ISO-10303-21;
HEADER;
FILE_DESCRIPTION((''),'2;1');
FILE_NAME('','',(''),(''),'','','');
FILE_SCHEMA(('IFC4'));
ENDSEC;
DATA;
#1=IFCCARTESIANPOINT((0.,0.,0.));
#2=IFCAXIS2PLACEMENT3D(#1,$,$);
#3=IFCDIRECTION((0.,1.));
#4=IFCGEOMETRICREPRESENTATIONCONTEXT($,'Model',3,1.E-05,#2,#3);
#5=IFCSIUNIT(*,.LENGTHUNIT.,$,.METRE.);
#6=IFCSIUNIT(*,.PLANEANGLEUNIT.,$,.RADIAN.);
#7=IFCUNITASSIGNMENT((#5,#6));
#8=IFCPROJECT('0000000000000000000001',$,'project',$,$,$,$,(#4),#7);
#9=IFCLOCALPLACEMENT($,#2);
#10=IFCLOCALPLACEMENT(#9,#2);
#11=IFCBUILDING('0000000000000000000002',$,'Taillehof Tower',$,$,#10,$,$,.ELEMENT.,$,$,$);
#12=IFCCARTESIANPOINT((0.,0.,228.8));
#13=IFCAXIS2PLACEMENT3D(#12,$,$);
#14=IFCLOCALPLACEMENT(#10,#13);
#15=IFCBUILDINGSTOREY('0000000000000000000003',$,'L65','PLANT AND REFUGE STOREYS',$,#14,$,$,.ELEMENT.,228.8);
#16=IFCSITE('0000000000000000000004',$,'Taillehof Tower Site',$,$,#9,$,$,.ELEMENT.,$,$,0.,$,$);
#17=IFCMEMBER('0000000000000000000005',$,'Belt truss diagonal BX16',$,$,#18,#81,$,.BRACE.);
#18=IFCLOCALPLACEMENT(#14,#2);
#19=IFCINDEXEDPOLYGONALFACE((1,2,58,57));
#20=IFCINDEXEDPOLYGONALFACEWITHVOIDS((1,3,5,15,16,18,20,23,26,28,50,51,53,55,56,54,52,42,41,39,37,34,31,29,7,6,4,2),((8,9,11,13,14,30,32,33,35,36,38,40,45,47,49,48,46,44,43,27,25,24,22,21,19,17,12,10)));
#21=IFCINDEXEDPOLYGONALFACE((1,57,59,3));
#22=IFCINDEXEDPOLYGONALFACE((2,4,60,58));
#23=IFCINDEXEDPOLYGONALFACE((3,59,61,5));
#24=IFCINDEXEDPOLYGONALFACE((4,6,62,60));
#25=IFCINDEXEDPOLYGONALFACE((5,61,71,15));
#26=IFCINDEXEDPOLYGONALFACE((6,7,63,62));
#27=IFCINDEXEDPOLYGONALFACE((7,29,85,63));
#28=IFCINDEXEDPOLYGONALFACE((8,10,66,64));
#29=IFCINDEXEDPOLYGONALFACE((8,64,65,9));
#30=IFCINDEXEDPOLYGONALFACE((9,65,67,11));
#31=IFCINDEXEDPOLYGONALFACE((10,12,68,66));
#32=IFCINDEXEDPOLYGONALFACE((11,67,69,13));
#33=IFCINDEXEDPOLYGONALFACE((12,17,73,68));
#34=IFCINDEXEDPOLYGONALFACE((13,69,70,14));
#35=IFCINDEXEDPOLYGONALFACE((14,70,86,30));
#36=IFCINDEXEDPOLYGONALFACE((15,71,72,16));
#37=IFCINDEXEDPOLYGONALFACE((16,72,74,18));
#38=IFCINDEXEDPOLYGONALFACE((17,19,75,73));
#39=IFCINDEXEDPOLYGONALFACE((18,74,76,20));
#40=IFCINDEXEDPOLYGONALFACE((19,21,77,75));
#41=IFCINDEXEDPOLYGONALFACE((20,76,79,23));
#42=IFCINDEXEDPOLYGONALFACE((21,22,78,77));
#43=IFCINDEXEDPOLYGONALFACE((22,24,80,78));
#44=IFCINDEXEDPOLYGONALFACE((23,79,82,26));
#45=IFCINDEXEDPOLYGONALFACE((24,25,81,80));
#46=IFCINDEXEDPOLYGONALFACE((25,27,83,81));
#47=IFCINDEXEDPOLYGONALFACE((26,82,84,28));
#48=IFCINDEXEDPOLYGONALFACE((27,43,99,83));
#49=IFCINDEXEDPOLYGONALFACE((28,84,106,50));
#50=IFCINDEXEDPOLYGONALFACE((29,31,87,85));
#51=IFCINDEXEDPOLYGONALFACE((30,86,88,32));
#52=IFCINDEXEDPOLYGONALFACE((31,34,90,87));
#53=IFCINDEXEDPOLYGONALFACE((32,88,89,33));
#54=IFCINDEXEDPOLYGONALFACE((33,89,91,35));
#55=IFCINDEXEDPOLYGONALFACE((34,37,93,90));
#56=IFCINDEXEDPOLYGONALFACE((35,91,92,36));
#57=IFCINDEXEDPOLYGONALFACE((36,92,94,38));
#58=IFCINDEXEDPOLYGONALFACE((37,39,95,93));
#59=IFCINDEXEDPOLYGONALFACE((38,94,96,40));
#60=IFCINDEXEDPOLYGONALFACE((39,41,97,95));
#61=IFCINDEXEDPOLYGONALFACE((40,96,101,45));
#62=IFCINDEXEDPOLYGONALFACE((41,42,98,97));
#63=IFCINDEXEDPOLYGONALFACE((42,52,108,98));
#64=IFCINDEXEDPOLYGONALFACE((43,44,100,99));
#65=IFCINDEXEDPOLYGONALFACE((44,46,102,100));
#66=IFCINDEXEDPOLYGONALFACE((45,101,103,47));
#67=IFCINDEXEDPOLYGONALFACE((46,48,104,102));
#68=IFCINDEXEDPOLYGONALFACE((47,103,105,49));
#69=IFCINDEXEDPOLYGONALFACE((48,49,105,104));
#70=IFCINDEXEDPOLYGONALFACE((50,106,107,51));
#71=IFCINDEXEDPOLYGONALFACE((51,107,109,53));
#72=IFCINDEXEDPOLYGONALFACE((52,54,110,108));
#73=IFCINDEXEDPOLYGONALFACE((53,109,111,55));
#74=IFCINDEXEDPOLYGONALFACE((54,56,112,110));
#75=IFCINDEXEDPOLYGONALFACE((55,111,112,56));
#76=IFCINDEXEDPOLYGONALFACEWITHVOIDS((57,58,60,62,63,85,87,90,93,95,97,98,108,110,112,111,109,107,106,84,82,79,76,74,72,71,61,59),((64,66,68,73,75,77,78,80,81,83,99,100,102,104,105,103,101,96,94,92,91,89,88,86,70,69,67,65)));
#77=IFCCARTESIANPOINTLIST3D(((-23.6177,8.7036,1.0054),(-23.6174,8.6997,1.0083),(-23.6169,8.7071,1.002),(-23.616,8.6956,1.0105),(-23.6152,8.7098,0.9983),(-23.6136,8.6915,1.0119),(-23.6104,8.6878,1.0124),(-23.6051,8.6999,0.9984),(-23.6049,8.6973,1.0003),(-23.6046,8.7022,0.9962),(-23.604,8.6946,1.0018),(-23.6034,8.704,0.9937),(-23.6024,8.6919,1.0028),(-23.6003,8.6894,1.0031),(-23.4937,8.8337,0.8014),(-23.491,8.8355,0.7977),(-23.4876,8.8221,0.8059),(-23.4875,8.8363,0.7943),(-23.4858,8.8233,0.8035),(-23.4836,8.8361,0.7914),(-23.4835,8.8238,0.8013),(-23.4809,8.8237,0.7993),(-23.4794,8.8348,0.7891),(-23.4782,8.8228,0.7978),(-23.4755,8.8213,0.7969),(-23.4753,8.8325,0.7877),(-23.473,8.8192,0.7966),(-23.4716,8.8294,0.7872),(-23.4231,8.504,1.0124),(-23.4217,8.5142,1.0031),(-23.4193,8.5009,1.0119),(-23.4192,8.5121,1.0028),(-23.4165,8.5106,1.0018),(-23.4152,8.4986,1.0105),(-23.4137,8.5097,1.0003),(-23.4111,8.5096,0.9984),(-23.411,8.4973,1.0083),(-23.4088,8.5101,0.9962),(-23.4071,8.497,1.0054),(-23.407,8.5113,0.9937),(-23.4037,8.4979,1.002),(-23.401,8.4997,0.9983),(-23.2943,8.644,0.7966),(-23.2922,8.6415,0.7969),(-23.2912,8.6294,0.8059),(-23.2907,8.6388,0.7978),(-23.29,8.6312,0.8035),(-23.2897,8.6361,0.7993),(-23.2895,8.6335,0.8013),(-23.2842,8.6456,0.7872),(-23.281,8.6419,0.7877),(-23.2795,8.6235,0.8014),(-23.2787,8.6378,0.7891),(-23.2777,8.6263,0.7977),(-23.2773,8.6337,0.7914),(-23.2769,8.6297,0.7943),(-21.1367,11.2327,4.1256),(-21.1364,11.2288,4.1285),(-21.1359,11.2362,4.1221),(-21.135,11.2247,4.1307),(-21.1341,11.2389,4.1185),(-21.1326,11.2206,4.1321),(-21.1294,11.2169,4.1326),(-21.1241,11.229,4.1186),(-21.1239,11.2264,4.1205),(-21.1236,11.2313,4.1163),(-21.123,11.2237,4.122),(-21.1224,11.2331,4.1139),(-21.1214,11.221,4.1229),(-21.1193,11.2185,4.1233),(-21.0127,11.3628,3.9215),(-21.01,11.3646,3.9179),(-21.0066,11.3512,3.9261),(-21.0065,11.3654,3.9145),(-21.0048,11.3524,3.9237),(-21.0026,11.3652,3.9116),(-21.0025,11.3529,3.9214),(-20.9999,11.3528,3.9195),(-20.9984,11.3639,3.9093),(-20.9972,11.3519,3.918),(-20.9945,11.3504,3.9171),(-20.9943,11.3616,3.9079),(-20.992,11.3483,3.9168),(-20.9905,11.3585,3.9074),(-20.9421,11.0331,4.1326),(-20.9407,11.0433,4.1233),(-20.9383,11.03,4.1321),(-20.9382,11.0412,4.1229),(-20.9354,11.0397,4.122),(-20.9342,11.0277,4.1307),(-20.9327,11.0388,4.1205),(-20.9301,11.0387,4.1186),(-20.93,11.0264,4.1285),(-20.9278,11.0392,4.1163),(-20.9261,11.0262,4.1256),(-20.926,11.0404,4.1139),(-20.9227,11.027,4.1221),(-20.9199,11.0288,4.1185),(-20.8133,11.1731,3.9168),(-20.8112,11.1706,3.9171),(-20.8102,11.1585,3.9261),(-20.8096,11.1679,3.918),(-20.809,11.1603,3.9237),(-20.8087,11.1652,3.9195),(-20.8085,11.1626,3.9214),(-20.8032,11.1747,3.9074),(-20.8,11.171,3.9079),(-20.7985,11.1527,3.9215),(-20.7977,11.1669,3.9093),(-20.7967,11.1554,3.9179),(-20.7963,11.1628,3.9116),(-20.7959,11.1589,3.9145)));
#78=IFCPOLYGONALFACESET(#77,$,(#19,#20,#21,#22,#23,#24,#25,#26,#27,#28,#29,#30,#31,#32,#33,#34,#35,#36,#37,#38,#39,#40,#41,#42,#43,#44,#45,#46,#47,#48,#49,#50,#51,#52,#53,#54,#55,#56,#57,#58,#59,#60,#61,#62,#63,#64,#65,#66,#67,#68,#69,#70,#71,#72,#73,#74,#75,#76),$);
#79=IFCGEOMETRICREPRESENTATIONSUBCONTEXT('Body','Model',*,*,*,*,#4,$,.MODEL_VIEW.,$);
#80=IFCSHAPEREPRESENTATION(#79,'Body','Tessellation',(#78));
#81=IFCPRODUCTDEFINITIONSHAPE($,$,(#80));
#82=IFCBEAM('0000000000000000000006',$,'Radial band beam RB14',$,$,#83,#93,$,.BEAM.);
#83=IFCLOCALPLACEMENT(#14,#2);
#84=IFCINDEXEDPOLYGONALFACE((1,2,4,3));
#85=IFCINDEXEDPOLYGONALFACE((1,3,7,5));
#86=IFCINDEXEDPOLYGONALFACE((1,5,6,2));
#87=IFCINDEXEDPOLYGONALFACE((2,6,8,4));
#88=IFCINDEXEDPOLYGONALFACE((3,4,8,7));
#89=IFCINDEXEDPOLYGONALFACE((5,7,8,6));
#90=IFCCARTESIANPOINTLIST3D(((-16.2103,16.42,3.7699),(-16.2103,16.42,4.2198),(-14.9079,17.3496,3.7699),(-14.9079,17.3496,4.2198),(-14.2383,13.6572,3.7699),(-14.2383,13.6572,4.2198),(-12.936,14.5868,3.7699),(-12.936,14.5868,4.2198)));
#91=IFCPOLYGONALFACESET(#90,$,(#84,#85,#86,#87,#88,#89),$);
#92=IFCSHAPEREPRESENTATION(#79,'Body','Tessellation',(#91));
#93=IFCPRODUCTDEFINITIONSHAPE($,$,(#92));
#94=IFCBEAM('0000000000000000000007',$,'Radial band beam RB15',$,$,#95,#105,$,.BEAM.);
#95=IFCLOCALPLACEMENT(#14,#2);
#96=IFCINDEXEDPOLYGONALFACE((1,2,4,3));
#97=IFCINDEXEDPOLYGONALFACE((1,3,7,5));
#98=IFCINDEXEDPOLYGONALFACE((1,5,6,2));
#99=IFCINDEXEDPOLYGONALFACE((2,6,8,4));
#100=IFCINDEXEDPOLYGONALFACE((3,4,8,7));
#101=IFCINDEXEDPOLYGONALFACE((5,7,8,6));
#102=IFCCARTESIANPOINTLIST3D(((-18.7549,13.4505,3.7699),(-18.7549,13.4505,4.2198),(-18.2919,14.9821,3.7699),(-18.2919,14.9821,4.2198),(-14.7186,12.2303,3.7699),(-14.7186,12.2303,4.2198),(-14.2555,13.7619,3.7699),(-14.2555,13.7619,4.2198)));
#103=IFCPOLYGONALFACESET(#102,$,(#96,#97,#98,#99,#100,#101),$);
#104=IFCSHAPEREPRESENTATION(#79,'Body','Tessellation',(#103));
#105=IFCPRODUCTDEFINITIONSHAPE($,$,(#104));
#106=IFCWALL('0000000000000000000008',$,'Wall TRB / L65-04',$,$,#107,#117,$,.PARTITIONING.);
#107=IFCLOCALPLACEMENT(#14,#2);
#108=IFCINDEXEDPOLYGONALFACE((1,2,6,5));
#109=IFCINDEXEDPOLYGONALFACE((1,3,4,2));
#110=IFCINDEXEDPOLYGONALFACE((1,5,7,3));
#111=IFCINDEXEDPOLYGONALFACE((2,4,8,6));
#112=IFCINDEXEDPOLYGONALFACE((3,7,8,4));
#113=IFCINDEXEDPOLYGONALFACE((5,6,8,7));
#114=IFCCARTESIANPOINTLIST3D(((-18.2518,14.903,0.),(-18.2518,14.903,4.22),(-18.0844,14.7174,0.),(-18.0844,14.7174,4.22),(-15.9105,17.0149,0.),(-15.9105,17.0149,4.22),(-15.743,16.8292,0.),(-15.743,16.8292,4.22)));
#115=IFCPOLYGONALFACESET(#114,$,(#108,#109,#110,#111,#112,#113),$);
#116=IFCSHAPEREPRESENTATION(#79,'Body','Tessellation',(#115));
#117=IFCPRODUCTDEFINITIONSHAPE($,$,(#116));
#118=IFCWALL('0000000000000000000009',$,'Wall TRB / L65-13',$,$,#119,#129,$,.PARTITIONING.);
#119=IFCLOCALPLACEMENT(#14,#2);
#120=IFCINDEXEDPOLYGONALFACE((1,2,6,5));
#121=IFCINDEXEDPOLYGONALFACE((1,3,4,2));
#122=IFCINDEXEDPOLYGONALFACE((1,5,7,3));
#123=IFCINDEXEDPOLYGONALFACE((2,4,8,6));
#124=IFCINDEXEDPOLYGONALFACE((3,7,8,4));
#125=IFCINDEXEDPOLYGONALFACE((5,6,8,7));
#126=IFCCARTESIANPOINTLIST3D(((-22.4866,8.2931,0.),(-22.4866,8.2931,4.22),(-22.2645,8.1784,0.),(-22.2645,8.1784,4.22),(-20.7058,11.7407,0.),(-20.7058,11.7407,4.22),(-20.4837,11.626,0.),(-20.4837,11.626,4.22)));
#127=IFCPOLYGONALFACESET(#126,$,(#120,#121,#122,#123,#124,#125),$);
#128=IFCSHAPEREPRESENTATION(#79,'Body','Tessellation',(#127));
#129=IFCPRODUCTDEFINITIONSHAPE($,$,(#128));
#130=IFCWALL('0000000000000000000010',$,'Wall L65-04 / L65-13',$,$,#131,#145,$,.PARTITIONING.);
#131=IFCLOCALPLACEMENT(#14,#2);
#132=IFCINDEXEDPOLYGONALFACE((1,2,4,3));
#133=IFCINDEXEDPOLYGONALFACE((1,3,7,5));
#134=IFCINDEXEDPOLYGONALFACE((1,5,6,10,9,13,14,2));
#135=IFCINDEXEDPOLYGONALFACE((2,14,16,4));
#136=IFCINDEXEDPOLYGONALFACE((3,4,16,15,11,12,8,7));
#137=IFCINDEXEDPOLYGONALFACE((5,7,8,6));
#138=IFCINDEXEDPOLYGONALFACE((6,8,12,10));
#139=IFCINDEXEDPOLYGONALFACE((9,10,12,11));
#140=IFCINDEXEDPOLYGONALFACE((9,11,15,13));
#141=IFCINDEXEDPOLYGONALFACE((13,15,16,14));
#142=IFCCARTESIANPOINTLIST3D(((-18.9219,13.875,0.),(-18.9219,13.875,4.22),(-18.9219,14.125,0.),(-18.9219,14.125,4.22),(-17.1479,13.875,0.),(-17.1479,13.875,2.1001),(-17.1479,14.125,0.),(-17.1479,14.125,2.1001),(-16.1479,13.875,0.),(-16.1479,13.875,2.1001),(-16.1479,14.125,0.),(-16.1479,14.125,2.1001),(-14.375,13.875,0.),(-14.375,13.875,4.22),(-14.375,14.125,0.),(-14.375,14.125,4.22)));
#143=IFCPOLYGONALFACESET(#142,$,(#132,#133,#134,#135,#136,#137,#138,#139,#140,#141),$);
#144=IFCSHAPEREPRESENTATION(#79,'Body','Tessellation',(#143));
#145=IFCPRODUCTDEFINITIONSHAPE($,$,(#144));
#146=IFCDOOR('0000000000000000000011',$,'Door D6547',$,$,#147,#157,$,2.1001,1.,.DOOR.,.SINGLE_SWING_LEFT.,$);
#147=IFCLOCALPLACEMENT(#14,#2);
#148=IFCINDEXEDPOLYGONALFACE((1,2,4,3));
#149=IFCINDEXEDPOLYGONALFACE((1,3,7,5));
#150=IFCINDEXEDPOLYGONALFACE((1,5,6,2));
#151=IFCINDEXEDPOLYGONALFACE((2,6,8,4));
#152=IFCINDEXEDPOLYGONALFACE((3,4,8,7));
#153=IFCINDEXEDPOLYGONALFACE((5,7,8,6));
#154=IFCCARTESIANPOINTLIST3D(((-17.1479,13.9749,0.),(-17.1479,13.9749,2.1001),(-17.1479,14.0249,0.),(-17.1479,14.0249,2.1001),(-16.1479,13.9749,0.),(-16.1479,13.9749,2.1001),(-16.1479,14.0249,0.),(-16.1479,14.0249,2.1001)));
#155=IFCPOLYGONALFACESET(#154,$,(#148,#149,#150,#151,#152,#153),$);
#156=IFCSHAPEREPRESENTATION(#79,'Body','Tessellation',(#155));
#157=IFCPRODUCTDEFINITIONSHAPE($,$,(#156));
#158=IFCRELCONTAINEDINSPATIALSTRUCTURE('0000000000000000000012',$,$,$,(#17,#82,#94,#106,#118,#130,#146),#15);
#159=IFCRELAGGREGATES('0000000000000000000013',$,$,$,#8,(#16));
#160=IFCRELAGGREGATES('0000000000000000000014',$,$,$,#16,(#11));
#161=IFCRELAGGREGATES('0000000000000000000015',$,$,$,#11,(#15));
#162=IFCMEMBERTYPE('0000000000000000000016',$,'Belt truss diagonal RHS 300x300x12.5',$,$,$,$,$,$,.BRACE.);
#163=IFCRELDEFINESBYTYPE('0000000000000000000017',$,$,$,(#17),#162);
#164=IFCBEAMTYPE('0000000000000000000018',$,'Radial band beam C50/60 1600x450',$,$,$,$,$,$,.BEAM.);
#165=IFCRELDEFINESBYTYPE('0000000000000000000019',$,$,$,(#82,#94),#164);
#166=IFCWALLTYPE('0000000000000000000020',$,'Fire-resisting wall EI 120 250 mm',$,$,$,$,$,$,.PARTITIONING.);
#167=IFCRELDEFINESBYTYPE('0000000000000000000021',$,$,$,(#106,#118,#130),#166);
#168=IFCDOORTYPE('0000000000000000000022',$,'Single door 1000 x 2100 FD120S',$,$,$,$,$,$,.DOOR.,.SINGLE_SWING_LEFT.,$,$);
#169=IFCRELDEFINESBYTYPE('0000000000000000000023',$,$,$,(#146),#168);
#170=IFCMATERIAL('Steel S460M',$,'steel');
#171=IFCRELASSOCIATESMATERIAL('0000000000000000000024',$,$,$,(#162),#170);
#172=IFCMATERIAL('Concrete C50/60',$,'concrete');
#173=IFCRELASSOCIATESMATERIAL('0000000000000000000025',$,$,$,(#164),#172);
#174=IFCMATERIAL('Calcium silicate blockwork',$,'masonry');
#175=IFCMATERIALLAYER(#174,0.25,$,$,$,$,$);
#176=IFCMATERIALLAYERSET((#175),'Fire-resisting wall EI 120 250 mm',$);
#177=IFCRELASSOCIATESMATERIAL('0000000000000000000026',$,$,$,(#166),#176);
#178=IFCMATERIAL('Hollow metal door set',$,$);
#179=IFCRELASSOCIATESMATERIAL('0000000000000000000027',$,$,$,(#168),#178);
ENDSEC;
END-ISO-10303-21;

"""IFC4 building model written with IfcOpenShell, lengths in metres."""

from ifc_helpers import new_model, si_unit, direction, frame, frame_2d, origin, origin_2d, place, context, subcontext, project, spatial, rectangle, hollow_rectangle, extrude, material, layer, layer_set, material_profile, profile_set, type_object, element, fill, save


model = new_model("IFC4")

# Units and contexts
model_context = context("Model", 3, precision=1e-05, world=origin(), true_north=direction((0.0, 1.0)))
body_context = subcontext(model_context, "Body", "Model", "MODEL_VIEW")
ifc_project = project(units=[si_unit("LENGTHUNIT", "METRE"), si_unit("PLANEANGLEUNIT", "RADIAN")], contexts=[model_context])

# Site, building, storey
site_placement = place(None, origin())
site = spatial("IfcSite", under=ifc_project, at=site_placement, Name="Taillehof Tower Site", CompositionType="ELEMENT", RefElevation=0.0)
building_placement = place(site_placement, origin())
building = spatial("IfcBuilding", under=site, at=building_placement, Name="Taillehof Tower", CompositionType="ELEMENT")
storey_placement = place(building_placement, frame((0.0, 0.0, 228.8)))
storey = spatial("IfcBuildingStorey", under=building, at=storey_placement, Name="L65", Description="PLANT AND REFUGE STOREYS", CompositionType="ELEMENT", Elevation=228.8)

# Member
ifc_material_1 = material(Name="Steel S460M", Category="steel")
ifc_material_profile_1 = material_profile(ifc_material_1, hollow_rectangle(XDim=0.3, YDim=0.3, WallThickness=0.0125, InnerFilletRadius=0.0125, OuterFilletRadius=0.0188, at=origin_2d()), Name="RHS 300x300x12.5")
ifc_profile_set_1 = profile_set([ifc_material_profile_1], Name="Steel S460M")
member_type_1 = type_object("IfcMemberType", Name="Belt truss diagonal RHS 300x300x12.5", PredefinedType="BRACE", material=ifc_profile_set_1)
member_1_placement = place(storey_placement, frame((-20.9663, 11.1958, 4.02), z_axis=(-0.525532, -0.53572, -0.660923), x_axis=(0.713862, -0.700286, 0.0)))
element("IfcMember", 1, at=member_1_placement, inside=storey, type_object=member_type_1, Name="Belt truss diagonal BX16", PredefinedType="BRACE", context=body_context, shape_type="SweptSolid", body=[
    extrude(hollow_rectangle(XDim=0.3, YDim=0.3, WallThickness=0.0125, InnerFilletRadius=0.0125, OuterFilletRadius=0.0188, at=origin_2d()), origin(), (0.0, 0.0, 1.0), 4.7209),
])

# Beams
ifc_material_2 = material(Name="Concrete C50/60", Category="concrete")
ifc_material_profile_2 = material_profile(ifc_material_2, rectangle(XDim=1.6001, YDim=0.45, at=origin_2d()), Name="RC 1600x450")
ifc_profile_set_2 = profile_set([ifc_material_profile_2], Name="Concrete C50/60")
beam_type = type_object("IfcBeamType", Name="Radial band beam C50/60 1600x450", PredefinedType="BEAM", material=ifc_profile_set_2)
beam_1_placement = place(storey_placement, frame((-15.5591, 16.8848, 3.9949), z_axis=(0.580959, -0.813933, 0.0), x_axis=(0.813933, 0.580959, 0.0)))
element("IfcBeam", 2, at=beam_1_placement, inside=storey, type_object=beam_type, Name="Radial band beam RB14", PredefinedType="BEAM", context=body_context, shape_type="SweptSolid", body=[
    extrude(rectangle(XDim=1.6001, YDim=0.45, at=origin_2d()), origin(), (0.0, 0.0, 1.0), 3.3943),
])
beam_2_placement = place(storey_placement, frame((-18.5234, 14.2163, 3.9949), z_axis=(0.957217, -0.289371, 0.0), x_axis=(0.289371, 0.957217, 0.0)))
element("IfcBeam", 3, at=beam_2_placement, inside=storey, type_object=beam_type, Name="Radial band beam RB15", PredefinedType="BEAM", context=body_context, shape_type="SweptSolid", body=[
    extrude(rectangle(XDim=1.6001, YDim=0.45, at=origin_2d()), origin(), (0.0, 0.0, 1.0), 4.2168),
])

# Walls
ifc_material_3 = material(Name="Calcium silicate blockwork", Category="masonry")
ifc_layer_1 = layer(ifc_material_3, 0.25)
ifc_layer_set_1 = layer_set([ifc_layer_1], Name="Fire-resisting wall EI 120 250 mm")
wall_type = type_object("IfcWallType", Name="Fire-resisting wall EI 120 250 mm", PredefinedType="PARTITIONING", material=ifc_layer_set_1)
wall_1_placement = place(storey_placement, frame((-15.8267, 16.9221, 0.0), z_axis=(0.0, 0.0, 1.0), x_axis=(-0.742562, -0.669777, 0.0)))
element("IfcWall", 4, at=wall_1_placement, inside=storey, type_object=wall_type, Name="Wall TRB / L65-04", PredefinedType="PARTITIONING", context=body_context, shape_type="SweptSolid", body=[
    extrude(rectangle(XDim=3.1531, YDim=0.25, at=frame_2d((1.5767, 0.0))), origin(), (0.0, 0.0, 1.0), 4.22),
])
wall_2_placement = place(storey_placement, frame((-20.5947, 11.6833, 0.0), z_axis=(0.0, 0.0, 1.0), x_axis=(-0.458928, -0.888473, 0.0)))
element("IfcWall", 5, at=wall_2_placement, inside=storey, type_object=wall_type, Name="Wall TRB / L65-13", PredefinedType="PARTITIONING", context=body_context, shape_type="SweptSolid", body=[
    extrude(rectangle(XDim=3.8804, YDim=0.25, at=frame_2d((1.9402, 0.0))), origin(), (0.0, 0.0, 1.0), 4.22),
])

# Wall, opening, door
wall_3_placement = place(storey_placement, frame((-18.9219, 14.0, 0.0), z_axis=(0.0, 0.0, 1.0), x_axis=(1.0, 0.0, 0.0)))
wall_3 = element("IfcWall", 6, at=wall_3_placement, inside=storey, type_object=wall_type, Name="Wall L65-04 / L65-13", PredefinedType="PARTITIONING", context=body_context, shape_type="SweptSolid", body=[
    extrude(rectangle(XDim=4.5469, YDim=0.25, at=frame_2d((2.2734, 0.0))), origin(), (0.0, 0.0, 1.0), 4.22),
])
opening_1_placement = place(wall_3_placement, frame((1.7739, 0.0, 0.0)))
opening_1 = element("IfcOpeningElement", 7, at=opening_1_placement, cuts=wall_3, PredefinedType="OPENING", context=body_context, shape_type="SweptSolid", body=[
    extrude(rectangle(XDim=1.0, YDim=2.1001, at=frame_2d((0.5, 1.05))), frame((0.0, 0.135, 0.0), z_axis=(0.0, -1.0, 0.0), x_axis=(1.0, 0.0, 0.0)), (0.0, 0.0, 1.0), 0.27),
])
ifc_material_4 = material(Name="Hollow metal door set")
door_type_1 = type_object("IfcDoorType", Name="Single door 1000 x 2100 FD120S", OperationType="SINGLE_SWING_LEFT", PredefinedType="DOOR", material=ifc_material_4)
door_1_placement = place(opening_1_placement, origin())
door_1 = element("IfcDoor", 8, at=door_1_placement, inside=storey, type_object=door_type_1, Name="Door D6547", OperationType="SINGLE_SWING_LEFT", OverallHeight=2.1001, OverallWidth=1.0, PredefinedType="DOOR", context=body_context, shape_type="SweptSolid", body=[
    extrude(rectangle(XDim=1.0, YDim=2.1001, at=frame_2d((0.5, 1.05))), frame((0.0, 0.0249, 0.0), z_axis=(0.0, -1.0, 0.0), x_axis=(1.0, 0.0, 0.0)), (0.0, 0.0, 1.0), 0.05),
])
fill(opening_1, door_1)

save(model, "model.ifc")
